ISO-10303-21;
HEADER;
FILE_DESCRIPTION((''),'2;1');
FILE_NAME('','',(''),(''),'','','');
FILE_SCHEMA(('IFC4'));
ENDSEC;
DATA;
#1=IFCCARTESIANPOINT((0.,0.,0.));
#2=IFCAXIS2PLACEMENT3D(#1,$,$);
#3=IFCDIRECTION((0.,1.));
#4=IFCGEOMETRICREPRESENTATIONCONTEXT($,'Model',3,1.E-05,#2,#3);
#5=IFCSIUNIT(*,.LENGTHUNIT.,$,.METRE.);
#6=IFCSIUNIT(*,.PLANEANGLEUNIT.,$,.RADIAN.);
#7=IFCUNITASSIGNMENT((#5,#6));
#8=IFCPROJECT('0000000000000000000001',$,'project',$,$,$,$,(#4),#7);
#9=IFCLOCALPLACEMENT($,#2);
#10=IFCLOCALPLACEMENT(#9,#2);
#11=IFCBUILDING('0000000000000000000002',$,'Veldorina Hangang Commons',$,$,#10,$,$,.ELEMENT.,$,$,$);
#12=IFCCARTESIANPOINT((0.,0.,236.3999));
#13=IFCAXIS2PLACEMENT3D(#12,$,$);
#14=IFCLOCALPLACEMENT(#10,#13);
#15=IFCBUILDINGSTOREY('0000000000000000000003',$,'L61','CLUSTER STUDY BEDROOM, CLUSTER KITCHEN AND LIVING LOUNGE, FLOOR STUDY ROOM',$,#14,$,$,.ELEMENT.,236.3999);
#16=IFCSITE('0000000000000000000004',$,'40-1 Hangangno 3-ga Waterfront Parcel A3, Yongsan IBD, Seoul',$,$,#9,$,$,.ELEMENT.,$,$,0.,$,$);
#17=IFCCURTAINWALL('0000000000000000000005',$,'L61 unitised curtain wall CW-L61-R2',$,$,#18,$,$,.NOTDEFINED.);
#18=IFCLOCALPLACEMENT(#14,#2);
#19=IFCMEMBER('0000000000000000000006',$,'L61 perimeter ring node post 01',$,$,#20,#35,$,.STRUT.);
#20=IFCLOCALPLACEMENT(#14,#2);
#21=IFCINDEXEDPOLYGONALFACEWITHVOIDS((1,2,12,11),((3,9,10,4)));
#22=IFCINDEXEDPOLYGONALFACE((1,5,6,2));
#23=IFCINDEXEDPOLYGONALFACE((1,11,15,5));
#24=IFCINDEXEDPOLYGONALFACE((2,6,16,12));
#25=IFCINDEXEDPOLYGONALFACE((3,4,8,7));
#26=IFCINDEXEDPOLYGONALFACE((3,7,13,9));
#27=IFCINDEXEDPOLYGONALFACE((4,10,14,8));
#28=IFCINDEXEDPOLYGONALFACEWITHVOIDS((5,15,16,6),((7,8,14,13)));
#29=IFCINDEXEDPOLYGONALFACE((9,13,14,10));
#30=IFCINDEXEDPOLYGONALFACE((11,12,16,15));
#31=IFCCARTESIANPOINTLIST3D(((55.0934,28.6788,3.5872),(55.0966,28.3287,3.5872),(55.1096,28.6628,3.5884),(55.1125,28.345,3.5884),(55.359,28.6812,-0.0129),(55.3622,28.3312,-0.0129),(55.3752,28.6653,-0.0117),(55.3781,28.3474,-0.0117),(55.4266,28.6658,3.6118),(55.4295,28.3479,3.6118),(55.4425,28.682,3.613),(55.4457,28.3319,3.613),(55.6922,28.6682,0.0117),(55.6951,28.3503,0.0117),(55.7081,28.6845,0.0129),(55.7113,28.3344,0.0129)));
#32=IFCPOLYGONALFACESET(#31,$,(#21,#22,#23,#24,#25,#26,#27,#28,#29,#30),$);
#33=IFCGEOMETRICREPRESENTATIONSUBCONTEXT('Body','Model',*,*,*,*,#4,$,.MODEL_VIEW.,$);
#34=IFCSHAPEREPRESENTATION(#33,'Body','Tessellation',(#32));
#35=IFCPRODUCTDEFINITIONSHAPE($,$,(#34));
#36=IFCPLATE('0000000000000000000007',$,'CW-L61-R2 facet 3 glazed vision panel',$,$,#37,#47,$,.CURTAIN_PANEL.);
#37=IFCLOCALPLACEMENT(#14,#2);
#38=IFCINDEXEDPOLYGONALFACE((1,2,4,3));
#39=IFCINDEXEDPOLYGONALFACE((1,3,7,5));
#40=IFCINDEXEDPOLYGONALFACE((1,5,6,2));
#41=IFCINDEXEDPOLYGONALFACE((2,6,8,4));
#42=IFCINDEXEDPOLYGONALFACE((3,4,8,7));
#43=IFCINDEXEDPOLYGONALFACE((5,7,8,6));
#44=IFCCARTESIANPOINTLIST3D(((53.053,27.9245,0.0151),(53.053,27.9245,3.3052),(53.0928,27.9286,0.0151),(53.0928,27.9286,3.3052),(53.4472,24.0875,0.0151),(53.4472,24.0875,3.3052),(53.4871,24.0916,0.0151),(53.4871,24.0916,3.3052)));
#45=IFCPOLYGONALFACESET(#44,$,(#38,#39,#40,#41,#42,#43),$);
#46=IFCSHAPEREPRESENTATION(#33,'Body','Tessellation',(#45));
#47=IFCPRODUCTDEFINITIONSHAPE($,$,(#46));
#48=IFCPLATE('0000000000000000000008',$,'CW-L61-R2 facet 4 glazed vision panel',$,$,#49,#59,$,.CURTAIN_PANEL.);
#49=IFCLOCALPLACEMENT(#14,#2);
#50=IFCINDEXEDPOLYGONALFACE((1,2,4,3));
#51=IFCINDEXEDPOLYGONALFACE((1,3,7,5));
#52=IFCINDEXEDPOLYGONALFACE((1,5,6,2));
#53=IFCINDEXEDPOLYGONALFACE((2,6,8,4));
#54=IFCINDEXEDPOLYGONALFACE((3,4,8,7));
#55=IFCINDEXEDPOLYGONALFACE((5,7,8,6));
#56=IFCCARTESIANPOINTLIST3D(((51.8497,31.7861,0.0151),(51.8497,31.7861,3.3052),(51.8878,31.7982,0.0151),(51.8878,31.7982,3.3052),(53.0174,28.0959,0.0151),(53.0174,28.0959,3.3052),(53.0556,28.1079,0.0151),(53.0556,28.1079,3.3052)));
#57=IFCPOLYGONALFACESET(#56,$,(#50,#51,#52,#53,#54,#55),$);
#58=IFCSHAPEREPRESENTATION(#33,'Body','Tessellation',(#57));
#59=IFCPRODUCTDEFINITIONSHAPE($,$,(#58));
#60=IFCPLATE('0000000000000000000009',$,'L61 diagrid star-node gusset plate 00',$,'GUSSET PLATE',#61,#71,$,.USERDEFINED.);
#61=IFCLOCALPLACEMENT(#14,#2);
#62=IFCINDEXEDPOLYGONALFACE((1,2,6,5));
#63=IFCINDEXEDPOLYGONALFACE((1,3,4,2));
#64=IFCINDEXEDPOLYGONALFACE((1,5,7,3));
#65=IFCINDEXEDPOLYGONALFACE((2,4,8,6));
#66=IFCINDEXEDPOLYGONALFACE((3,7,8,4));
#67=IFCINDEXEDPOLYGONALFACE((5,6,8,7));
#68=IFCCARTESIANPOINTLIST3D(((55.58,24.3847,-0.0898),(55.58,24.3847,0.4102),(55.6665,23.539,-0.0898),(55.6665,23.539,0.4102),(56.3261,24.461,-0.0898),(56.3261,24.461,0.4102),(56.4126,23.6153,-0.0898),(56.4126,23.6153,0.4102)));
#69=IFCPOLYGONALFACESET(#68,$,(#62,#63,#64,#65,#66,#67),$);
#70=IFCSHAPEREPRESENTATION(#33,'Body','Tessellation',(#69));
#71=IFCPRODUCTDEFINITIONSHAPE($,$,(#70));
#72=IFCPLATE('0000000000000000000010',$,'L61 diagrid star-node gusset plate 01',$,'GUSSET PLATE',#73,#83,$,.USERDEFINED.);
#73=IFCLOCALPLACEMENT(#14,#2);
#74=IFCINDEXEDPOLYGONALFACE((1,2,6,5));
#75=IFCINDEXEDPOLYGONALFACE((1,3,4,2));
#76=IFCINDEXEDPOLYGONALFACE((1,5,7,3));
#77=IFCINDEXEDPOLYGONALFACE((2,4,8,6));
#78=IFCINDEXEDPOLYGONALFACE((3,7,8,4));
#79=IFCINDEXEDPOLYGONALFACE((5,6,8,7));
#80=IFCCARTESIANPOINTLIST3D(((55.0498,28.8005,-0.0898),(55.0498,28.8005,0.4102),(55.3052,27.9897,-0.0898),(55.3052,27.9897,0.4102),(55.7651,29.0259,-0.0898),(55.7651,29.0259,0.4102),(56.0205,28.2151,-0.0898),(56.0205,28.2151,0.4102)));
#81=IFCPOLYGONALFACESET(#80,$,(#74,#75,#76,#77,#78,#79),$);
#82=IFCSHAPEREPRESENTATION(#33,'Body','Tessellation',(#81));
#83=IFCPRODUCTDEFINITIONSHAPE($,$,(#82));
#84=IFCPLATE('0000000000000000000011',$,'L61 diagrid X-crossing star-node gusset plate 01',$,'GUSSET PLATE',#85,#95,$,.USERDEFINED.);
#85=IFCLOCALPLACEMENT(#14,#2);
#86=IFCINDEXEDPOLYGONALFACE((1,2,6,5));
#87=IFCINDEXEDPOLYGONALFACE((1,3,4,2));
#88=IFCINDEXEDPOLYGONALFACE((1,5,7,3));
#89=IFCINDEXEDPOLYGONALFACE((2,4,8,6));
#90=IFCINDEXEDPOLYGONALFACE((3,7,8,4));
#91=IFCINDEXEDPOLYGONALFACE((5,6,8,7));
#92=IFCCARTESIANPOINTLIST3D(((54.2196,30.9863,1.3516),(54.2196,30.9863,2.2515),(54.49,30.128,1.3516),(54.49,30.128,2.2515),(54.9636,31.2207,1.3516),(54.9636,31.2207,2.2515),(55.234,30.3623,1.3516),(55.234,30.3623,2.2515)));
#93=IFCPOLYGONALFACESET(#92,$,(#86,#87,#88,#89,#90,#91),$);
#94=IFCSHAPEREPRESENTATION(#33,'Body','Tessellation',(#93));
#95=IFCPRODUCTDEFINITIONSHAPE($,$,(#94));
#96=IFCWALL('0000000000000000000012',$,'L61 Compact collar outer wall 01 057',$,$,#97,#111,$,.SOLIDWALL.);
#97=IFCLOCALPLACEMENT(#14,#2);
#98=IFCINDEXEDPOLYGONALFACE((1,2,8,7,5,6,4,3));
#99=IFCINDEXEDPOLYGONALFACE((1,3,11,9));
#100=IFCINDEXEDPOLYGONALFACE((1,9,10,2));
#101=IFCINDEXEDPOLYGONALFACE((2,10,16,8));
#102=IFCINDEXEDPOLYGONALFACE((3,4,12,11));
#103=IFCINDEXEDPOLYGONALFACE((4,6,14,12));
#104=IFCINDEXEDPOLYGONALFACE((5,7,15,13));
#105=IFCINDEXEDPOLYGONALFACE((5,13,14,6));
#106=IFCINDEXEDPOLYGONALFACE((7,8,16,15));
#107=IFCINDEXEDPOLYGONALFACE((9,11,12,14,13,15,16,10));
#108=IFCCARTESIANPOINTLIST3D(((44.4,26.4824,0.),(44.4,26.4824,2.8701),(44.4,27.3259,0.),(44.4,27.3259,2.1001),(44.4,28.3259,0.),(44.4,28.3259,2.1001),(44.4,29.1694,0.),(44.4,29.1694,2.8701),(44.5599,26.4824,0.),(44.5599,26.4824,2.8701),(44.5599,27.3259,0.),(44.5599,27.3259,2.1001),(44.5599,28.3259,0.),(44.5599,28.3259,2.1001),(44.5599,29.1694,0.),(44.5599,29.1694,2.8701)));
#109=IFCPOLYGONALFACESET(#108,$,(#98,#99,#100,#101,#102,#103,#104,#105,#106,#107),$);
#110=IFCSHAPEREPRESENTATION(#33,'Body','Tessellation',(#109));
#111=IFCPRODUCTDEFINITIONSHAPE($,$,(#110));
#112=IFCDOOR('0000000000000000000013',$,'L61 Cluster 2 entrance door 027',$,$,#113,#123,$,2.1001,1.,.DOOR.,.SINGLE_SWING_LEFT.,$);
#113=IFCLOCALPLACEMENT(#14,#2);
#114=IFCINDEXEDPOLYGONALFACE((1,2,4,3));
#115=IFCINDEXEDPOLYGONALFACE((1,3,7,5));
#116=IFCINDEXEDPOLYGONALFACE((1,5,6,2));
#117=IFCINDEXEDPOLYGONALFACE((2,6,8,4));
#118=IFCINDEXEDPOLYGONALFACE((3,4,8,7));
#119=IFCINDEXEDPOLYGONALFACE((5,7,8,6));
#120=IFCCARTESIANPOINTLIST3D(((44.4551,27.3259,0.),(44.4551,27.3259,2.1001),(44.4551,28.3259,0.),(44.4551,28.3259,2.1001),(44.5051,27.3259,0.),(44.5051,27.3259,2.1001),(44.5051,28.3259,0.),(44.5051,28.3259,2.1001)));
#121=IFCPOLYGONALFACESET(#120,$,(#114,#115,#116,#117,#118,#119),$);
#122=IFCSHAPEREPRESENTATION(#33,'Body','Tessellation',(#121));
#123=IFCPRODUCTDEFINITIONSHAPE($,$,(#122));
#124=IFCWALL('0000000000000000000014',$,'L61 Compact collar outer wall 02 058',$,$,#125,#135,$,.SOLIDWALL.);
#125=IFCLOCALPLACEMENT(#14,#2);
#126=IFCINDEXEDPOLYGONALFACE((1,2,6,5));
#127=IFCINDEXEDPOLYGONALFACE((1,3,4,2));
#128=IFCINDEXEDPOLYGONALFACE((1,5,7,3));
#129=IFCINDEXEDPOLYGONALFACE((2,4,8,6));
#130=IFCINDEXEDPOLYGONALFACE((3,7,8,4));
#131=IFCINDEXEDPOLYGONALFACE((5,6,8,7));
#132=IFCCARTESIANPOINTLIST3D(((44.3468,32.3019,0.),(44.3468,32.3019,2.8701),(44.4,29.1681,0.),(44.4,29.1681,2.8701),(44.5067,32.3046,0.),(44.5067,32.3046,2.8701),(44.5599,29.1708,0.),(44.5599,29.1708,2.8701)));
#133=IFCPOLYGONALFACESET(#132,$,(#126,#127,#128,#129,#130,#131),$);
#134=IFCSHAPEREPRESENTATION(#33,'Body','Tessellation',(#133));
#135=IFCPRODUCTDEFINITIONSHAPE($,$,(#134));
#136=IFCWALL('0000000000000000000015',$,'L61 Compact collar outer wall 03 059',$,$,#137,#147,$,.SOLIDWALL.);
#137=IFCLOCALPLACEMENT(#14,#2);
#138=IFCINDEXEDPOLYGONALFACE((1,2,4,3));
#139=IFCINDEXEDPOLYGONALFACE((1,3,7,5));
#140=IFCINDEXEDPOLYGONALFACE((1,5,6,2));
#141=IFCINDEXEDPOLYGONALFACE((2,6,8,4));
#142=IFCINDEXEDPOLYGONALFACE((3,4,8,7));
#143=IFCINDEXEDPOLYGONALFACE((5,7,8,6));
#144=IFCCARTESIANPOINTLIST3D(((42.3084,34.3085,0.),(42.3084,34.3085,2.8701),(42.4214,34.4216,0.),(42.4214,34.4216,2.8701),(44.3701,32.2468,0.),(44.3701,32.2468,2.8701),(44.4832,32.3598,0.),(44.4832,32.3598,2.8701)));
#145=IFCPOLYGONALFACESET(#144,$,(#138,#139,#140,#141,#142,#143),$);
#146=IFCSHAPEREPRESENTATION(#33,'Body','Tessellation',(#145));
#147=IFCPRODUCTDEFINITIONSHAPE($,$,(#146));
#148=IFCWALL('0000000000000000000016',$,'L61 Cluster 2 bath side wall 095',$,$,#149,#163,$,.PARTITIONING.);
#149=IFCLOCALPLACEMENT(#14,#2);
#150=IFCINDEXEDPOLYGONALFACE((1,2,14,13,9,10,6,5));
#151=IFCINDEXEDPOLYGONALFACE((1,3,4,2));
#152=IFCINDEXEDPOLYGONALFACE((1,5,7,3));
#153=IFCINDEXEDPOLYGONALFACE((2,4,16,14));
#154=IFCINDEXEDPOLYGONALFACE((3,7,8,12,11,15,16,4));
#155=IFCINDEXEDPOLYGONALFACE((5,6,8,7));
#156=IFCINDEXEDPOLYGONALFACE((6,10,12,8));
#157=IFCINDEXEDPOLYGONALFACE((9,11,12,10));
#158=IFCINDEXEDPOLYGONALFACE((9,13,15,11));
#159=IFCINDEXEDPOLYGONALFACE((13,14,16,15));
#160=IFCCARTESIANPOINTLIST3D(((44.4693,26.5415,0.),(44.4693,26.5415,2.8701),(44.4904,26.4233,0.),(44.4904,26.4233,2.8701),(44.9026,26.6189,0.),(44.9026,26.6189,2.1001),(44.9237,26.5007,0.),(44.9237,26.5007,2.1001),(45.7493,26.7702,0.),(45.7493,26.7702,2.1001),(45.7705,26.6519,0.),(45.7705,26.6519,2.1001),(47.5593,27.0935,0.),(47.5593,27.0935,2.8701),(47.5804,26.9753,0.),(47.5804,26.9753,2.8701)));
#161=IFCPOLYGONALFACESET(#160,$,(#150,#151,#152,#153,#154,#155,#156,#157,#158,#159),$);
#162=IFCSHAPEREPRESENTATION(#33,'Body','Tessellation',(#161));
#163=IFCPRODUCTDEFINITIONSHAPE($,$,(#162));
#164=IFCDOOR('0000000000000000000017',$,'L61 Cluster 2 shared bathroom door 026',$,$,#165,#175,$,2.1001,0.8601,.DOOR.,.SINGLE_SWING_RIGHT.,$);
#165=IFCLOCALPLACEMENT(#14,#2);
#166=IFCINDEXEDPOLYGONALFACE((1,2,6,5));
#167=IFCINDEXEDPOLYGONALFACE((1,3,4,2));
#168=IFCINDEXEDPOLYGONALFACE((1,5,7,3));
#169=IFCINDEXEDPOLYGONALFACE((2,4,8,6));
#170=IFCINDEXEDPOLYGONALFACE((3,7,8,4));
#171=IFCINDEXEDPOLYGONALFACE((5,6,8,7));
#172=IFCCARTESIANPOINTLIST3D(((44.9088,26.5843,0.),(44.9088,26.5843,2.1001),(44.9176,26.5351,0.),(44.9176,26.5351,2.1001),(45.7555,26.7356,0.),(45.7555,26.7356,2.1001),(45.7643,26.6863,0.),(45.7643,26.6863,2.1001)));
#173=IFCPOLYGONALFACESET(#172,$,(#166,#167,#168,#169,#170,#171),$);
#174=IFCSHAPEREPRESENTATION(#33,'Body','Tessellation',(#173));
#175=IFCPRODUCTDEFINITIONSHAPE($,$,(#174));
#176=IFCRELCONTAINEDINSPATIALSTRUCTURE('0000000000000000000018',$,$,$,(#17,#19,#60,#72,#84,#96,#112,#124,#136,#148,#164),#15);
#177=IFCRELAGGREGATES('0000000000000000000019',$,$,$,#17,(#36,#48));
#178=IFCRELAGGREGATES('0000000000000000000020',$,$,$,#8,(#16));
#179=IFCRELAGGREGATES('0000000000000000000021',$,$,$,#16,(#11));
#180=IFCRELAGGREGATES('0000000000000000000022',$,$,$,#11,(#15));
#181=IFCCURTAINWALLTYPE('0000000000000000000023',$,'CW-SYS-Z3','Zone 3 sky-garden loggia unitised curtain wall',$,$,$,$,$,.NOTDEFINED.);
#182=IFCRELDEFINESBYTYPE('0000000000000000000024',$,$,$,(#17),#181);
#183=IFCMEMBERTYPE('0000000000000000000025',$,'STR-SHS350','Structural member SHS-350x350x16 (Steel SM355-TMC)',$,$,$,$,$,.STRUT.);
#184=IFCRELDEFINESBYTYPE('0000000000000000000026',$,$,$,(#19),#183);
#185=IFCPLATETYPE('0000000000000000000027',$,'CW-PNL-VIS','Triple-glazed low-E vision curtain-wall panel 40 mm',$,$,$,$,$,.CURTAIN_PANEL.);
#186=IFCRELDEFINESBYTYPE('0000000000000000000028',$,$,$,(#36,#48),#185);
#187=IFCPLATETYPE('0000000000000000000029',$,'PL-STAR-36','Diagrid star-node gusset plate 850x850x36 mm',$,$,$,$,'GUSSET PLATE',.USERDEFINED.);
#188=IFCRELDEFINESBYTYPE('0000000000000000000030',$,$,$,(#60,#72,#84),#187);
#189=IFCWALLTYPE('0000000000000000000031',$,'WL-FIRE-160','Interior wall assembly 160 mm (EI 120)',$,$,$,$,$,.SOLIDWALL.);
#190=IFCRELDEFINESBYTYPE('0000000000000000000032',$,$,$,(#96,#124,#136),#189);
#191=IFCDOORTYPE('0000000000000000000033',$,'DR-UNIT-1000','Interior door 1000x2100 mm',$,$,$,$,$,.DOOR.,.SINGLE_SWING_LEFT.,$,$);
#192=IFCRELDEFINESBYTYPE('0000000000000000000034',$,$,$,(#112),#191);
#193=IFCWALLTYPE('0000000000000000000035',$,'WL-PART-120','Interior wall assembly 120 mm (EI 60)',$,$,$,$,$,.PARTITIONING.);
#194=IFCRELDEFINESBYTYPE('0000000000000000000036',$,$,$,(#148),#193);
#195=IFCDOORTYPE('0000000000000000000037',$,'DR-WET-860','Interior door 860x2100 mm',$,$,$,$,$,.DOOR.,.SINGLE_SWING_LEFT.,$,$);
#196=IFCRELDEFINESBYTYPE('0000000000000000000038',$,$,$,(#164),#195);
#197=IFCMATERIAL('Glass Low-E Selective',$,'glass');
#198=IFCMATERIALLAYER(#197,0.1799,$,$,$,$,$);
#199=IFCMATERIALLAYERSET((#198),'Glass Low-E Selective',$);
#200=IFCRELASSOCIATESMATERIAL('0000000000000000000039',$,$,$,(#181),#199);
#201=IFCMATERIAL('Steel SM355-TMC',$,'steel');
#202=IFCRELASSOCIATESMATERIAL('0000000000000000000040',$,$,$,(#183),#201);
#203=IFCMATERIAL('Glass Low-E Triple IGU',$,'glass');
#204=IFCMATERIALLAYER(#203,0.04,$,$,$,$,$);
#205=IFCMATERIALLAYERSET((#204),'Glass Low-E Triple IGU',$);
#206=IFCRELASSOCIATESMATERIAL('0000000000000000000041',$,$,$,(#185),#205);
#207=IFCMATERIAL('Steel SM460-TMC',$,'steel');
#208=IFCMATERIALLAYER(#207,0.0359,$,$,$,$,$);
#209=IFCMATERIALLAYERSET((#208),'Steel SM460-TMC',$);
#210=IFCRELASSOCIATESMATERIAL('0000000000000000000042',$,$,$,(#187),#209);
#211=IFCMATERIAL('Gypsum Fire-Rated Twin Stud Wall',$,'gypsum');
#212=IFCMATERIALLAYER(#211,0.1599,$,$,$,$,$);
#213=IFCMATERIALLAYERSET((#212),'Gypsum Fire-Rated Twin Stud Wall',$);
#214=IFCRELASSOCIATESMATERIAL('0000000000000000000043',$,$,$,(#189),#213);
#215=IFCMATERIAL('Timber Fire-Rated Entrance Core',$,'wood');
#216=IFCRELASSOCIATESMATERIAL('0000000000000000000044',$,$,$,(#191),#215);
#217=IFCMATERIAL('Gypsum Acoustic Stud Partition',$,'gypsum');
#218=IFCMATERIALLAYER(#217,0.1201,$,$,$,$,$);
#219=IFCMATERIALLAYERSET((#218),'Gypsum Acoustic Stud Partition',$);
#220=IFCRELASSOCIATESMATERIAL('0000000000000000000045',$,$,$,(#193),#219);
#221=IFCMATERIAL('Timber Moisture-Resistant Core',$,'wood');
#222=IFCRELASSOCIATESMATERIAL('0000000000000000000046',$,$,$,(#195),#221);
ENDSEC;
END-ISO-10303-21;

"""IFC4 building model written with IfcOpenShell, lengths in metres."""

from ifc_helpers import new_model, si_unit, direction, frame, frame_2d, origin, origin_2d, place, context, subcontext, project, spatial, rectangle, hollow_rectangle, extrude, material, layer, layer_set, material_profile, profile_set, type_object, element, fill, aggregate, save


model = new_model("IFC4")

# Units and contexts
model_context = context("Model", 3, precision=1e-05, world=origin(), true_north=direction((0.0, 1.0)))
body_context = subcontext(model_context, "Body", "Model", "MODEL_VIEW")
ifc_project = project(units=[si_unit("LENGTHUNIT", "METRE"), si_unit("PLANEANGLEUNIT", "RADIAN")], contexts=[model_context])

# Site, building, storey
site_placement = place(None, origin())
site = spatial("IfcSite", under=ifc_project, at=site_placement, Name="40-1 Hangangno 3-ga Waterfront Parcel A3, Yongsan IBD, Seoul", CompositionType="ELEMENT", RefElevation=0.0)
building_placement = place(site_placement, origin())
building = spatial("IfcBuilding", under=site, at=building_placement, Name="Veldorina Hangang Commons", CompositionType="ELEMENT")
storey_placement = place(building_placement, frame((0.0, 0.0, 236.3999)))
storey = spatial("IfcBuildingStorey", under=building, at=storey_placement, Name="L61", Description="CLUSTER STUDY BEDROOM, CLUSTER KITCHEN AND LIVING LOUNGE, FLOOR STUDY ROOM", CompositionType="ELEMENT", Elevation=236.3999)

# Shared definitions
ifc_material_1 = material(Name="Steel SM355-TMC", Category="steel")

# Curtain wall
ifc_material_2 = material(Name="Glass Low-E Selective", Category="glass")
ifc_layer_1 = layer(ifc_material_2, 0.1799)
ifc_layer_set_1 = layer_set([ifc_layer_1], Name="Glass Low-E Selective")
curtain_wall_type = type_object("IfcCurtainWallType", Name="CW-SYS-Z3", Description="Zone 3 sky-garden loggia unitised curtain wall", PredefinedType="NOTDEFINED", material=ifc_layer_set_1)
curtain_wall_placement = place(storey_placement, origin())
curtain_wall = element("IfcCurtainWall", 1, at=curtain_wall_placement, inside=storey, type_object=curtain_wall_type, Name="L61 unitised curtain wall CW-L61-R2", PredefinedType="NOTDEFINED")

# Member
ifc_material_profile_1 = material_profile(ifc_material_1, hollow_rectangle(XDim=0.3501, YDim=0.3501, WallThickness=0.0161, at=origin_2d()), Name="SHS-350x350x16")
ifc_profile_set_1 = profile_set([ifc_material_profile_1], Name="Steel SM355-TMC")
member_type_1 = type_object("IfcMemberType", Name="STR-SHS350", Description="Structural member SHS-350x350x16 (Steel SM355-TMC)", PredefinedType="STRUT", material=ifc_profile_set_1)
member_1_placement = place(storey_placement, frame((55.5352, 28.5078, 0.0), z_axis=(-0.073583, -0.000676, 0.997289), x_axis=(0.009191, -0.999958, 0.0)))
element("IfcMember", 2, at=member_1_placement, inside=storey, type_object=member_type_1, Name="L61 perimeter ring node post 01", PredefinedType="STRUT", context=body_context, shape_type="SweptSolid", body=[
    extrude(hollow_rectangle(XDim=0.3501, YDim=0.3501, WallThickness=0.0161, at=origin_2d()), origin(), (0.0, 0.0, 1.0), 3.6099),
])

# Plates
ifc_material_3 = material(Name="Glass Low-E Triple IGU", Category="glass")
ifc_layer_2 = layer(ifc_material_3, 0.04)
ifc_layer_set_2 = layer_set([ifc_layer_2], Name="Glass Low-E Triple IGU")
plate_type_1 = type_object("IfcPlateType", Name="CW-PNL-VIS", Description="Triple-glazed low-E vision curtain-wall panel 40 mm", PredefinedType="CURTAIN_PANEL", material=ifc_layer_set_2)
plate_1_placement = place(storey_placement, frame((53.27, 26.0081, 0.0151), z_axis=(0.0, 0.0, 1.0), x_axis=(-0.10222, 0.994762, 0.0)))
plate_1 = element("IfcPlate", 3, at=plate_1_placement, type_object=plate_type_1, Name="CW-L61-R2 facet 3 glazed vision panel", PredefinedType="CURTAIN_PANEL", context=body_context, shape_type="SweptSolid", body=[
    extrude(rectangle(XDim=3.8572, YDim=0.04, at=origin_2d()), origin(), (0.0, 0.0, 1.0), 3.29),
])
plate_2_placement = place(storey_placement, frame((52.4526, 29.947, 0.0151), z_axis=(0.0, 0.0, 1.0), x_axis=(-0.301704, 0.953402, 0.0)))
plate_2 = element("IfcPlate", 4, at=plate_2_placement, type_object=plate_type_1, Name="CW-L61-R2 facet 4 glazed vision panel", PredefinedType="CURTAIN_PANEL", context=body_context, shape_type="SweptSolid", body=[
    extrude(rectangle(XDim=3.8706, YDim=0.04, at=origin_2d()), origin(), (0.0, 0.0, 1.0), 3.29),
])
aggregate(curtain_wall, [plate_1, plate_2])

# Plates
ifc_material_4 = material(Name="Steel SM460-TMC", Category="steel")
ifc_layer_3 = layer(ifc_material_4, 0.0359)
ifc_layer_set_3 = layer_set([ifc_layer_3], Name="Steel SM460-TMC")
plate_type_2 = type_object("IfcPlateType", Name="PL-STAR-36", Description="Diagrid star-node gusset plate 850x850x36 mm", ElementType="GUSSET PLATE", PredefinedType="USERDEFINED", material=ifc_layer_set_3)
for number, where, z_axis, x_axis, name in (
    (5, (55.9963, 24.0, -0.0898), (0.0, 0.0, 1.0), (-0.101751, 0.99481, 0.0), "L61 diagrid star-node gusset plate 00"),
    (6, (55.5352, 28.5078, -0.0898), (0.0, 0.0, 1.0), (-0.300473, 0.95379, 0.0), "L61 diagrid star-node gusset plate 01"),
):
    element("IfcPlate", number, at=place(storey_placement, frame(where, z_axis=z_axis, x_axis=x_axis)), inside=storey, type_object=plate_type_2, Name=name, ObjectType="GUSSET PLATE", PredefinedType="USERDEFINED", context=body_context, shape_type="SweptSolid", body=[
        extrude(rectangle(XDim=0.8501, YDim=0.75, at=origin_2d()), origin(), (0.0, 0.0, 1.0), 0.5),
    ])
plate_3_placement = place(storey_placement, frame((54.7268, 30.6743, 1.3516), z_axis=(0.0, 0.0, 1.0), x_axis=(-0.300473, 0.95379, 0.0)))
element("IfcPlate", 7, at=plate_3_placement, inside=storey, type_object=plate_type_2, Name="L61 diagrid X-crossing star-node gusset plate 01", ObjectType="GUSSET PLATE", PredefinedType="USERDEFINED", context=body_context, shape_type="SweptSolid", body=[
    extrude(rectangle(XDim=0.8999, YDim=0.78, at=origin_2d()), origin(), (0.0, 0.0, 1.0), 0.8999),
])

# Wall, opening, door
ifc_material_5 = material(Name="Gypsum Fire-Rated Twin Stud Wall", Category="gypsum")
ifc_layer_4 = layer(ifc_material_5, 0.1599)
ifc_layer_set_4 = layer_set([ifc_layer_4], Name="Gypsum Fire-Rated Twin Stud Wall")
wall_type_1 = type_object("IfcWallType", Name="WL-FIRE-160", Description="Interior wall assembly 160 mm (EI 120)", PredefinedType="SOLIDWALL", material=ifc_layer_set_4)
wall_1_placement = place(storey_placement, frame((44.48, 26.4824, 0.0), z_axis=(0.0, 0.0, 1.0), x_axis=(0.0, 1.0, 0.0)))
wall_1 = element("IfcWall", 8, at=wall_1_placement, inside=storey, type_object=wall_type_1, Name="L61 Compact collar outer wall 01 057", PredefinedType="SOLIDWALL", context=body_context, shape_type="SweptSolid", body=[
    extrude(rectangle(XDim=2.687, YDim=0.1599, at=frame_2d((1.3435, 0.0))), origin(), (0.0, 0.0, 1.0), 2.8701),
])
opening_1_placement = place(wall_1_placement, frame((0.8435, 0.0, 0.0)))
opening_1 = element("IfcOpeningElement", 9, at=opening_1_placement, cuts=wall_1, PredefinedType="OPENING", context=body_context, shape_type="SweptSolid", body=[
    extrude(rectangle(XDim=1.0, YDim=2.1001, at=frame_2d((0.5, 1.05))), frame((0.0, 0.0898, 0.0), z_axis=(0.0, -1.0, 0.0), x_axis=(1.0, 0.0, 0.0)), (0.0, 0.0, 1.0), 0.1799),
])
ifc_material_6 = material(Name="Timber Fire-Rated Entrance Core", Category="wood")
door_type_1 = type_object("IfcDoorType", Name="DR-UNIT-1000", Description="Interior door 1000x2100 mm", OperationType="SINGLE_SWING_LEFT", PredefinedType="DOOR", material=ifc_material_6)
door_1_placement = place(opening_1_placement, origin())
door_1 = element("IfcDoor", 10, at=door_1_placement, inside=storey, type_object=door_type_1, Name="L61 Cluster 2 entrance door 027", OperationType="SINGLE_SWING_LEFT", OverallHeight=2.1001, OverallWidth=1.0, PredefinedType="DOOR", context=body_context, shape_type="SweptSolid", body=[
    extrude(rectangle(XDim=1.0, YDim=2.1001, at=frame_2d((0.5, 1.05))), frame((0.0, 0.0249, 0.0), z_axis=(0.0, -1.0, 0.0), x_axis=(1.0, 0.0, 0.0)), (0.0, 0.0, 1.0), 0.05),
])
fill(opening_1, door_1)

# Walls
wall_2_placement = place(storey_placement, frame((44.48, 29.1694, 0.0), z_axis=(0.0, 0.0, 1.0), x_axis=(-0.016981, 0.999856, 0.0)))
element("IfcWall", 11, at=wall_2_placement, inside=storey, type_object=wall_type_1, Name="L61 Compact collar outer wall 02 058", PredefinedType="SOLIDWALL", context=body_context, shape_type="SweptSolid", body=[
    extrude(rectangle(XDim=3.1343, YDim=0.1599, at=frame_2d((1.5671, 0.0))), origin(), (0.0, 0.0, 1.0), 2.8701),
])
wall_3_placement = place(storey_placement, frame((44.4268, 32.3032, 0.0), z_axis=(0.0, 0.0, 1.0), x_axis=(-0.707107, 0.707107, 0.0)))
element("IfcWall", 12, at=wall_3_placement, inside=storey, type_object=wall_type_1, Name="L61 Compact collar outer wall 03 059", PredefinedType="SOLIDWALL", context=body_context, shape_type="SweptSolid", body=[
    extrude(rectangle(XDim=2.9158, YDim=0.1599, at=frame_2d((1.458, 0.0))), origin(), (0.0, 0.0, 1.0), 2.8701),
])

# Wall, opening, door
ifc_material_7 = material(Name="Gypsum Acoustic Stud Partition", Category="gypsum")
ifc_layer_5 = layer(ifc_material_7, 0.1201)
ifc_layer_set_5 = layer_set([ifc_layer_5], Name="Gypsum Acoustic Stud Partition")
wall_type_2 = type_object("IfcWallType", Name="WL-PART-120", Description="Interior wall assembly 120 mm (EI 60)", PredefinedType="PARTITIONING", material=ifc_layer_set_5)
wall_4_placement = place(storey_placement, frame((44.48, 26.4824, 0.0), z_axis=(0.0, 0.0, 1.0), x_axis=(0.984417, 0.175853, 0.0)))
wall_4 = element("IfcWall", 13, at=wall_4_placement, inside=storey, type_object=wall_type_2, Name="L61 Cluster 2 bath side wall 095", PredefinedType="PARTITIONING", context=body_context, shape_type="SweptSolid", body=[
    extrude(rectangle(XDim=3.1389, YDim=0.1201, at=frame_2d((1.5693, 0.0))), origin(), (0.0, 0.0, 1.0), 2.8701),
])
opening_2_placement = place(wall_4_placement, frame((0.4399, 0.0, 0.0)))
opening_2 = element("IfcOpeningElement", 14, at=opening_2_placement, cuts=wall_4, PredefinedType="OPENING", context=body_context, shape_type="SweptSolid", body=[
    extrude(rectangle(XDim=0.8601, YDim=2.1001, at=frame_2d((0.4302, 1.05))), frame((0.0, 0.0701, 0.0), z_axis=(0.0, -1.0, 0.0), x_axis=(1.0, 0.0, 0.0)), (0.0, 0.0, 1.0), 0.1401),
])
ifc_material_8 = material(Name="Timber Moisture-Resistant Core", Category="wood")
door_type_2 = type_object("IfcDoorType", Name="DR-WET-860", Description="Interior door 860x2100 mm", OperationType="SINGLE_SWING_LEFT", PredefinedType="DOOR", material=ifc_material_8)
door_2_placement = place(opening_2_placement, origin())
door_2 = element("IfcDoor", 15, at=door_2_placement, inside=storey, type_object=door_type_2, Name="L61 Cluster 2 shared bathroom door 026", OperationType="SINGLE_SWING_RIGHT", OverallHeight=2.1001, OverallWidth=0.8601, PredefinedType="DOOR", context=body_context, shape_type="SweptSolid", body=[
    extrude(rectangle(XDim=0.8601, YDim=2.1001, at=frame_2d((0.4302, 1.05))), frame((0.0, 0.0249, 0.0), z_axis=(0.0, -1.0, 0.0), x_axis=(1.0, 0.0, 0.0)), (0.0, 0.0, 1.0), 0.05),
])
fill(opening_2, door_2)

save(model, "model.ifc")
